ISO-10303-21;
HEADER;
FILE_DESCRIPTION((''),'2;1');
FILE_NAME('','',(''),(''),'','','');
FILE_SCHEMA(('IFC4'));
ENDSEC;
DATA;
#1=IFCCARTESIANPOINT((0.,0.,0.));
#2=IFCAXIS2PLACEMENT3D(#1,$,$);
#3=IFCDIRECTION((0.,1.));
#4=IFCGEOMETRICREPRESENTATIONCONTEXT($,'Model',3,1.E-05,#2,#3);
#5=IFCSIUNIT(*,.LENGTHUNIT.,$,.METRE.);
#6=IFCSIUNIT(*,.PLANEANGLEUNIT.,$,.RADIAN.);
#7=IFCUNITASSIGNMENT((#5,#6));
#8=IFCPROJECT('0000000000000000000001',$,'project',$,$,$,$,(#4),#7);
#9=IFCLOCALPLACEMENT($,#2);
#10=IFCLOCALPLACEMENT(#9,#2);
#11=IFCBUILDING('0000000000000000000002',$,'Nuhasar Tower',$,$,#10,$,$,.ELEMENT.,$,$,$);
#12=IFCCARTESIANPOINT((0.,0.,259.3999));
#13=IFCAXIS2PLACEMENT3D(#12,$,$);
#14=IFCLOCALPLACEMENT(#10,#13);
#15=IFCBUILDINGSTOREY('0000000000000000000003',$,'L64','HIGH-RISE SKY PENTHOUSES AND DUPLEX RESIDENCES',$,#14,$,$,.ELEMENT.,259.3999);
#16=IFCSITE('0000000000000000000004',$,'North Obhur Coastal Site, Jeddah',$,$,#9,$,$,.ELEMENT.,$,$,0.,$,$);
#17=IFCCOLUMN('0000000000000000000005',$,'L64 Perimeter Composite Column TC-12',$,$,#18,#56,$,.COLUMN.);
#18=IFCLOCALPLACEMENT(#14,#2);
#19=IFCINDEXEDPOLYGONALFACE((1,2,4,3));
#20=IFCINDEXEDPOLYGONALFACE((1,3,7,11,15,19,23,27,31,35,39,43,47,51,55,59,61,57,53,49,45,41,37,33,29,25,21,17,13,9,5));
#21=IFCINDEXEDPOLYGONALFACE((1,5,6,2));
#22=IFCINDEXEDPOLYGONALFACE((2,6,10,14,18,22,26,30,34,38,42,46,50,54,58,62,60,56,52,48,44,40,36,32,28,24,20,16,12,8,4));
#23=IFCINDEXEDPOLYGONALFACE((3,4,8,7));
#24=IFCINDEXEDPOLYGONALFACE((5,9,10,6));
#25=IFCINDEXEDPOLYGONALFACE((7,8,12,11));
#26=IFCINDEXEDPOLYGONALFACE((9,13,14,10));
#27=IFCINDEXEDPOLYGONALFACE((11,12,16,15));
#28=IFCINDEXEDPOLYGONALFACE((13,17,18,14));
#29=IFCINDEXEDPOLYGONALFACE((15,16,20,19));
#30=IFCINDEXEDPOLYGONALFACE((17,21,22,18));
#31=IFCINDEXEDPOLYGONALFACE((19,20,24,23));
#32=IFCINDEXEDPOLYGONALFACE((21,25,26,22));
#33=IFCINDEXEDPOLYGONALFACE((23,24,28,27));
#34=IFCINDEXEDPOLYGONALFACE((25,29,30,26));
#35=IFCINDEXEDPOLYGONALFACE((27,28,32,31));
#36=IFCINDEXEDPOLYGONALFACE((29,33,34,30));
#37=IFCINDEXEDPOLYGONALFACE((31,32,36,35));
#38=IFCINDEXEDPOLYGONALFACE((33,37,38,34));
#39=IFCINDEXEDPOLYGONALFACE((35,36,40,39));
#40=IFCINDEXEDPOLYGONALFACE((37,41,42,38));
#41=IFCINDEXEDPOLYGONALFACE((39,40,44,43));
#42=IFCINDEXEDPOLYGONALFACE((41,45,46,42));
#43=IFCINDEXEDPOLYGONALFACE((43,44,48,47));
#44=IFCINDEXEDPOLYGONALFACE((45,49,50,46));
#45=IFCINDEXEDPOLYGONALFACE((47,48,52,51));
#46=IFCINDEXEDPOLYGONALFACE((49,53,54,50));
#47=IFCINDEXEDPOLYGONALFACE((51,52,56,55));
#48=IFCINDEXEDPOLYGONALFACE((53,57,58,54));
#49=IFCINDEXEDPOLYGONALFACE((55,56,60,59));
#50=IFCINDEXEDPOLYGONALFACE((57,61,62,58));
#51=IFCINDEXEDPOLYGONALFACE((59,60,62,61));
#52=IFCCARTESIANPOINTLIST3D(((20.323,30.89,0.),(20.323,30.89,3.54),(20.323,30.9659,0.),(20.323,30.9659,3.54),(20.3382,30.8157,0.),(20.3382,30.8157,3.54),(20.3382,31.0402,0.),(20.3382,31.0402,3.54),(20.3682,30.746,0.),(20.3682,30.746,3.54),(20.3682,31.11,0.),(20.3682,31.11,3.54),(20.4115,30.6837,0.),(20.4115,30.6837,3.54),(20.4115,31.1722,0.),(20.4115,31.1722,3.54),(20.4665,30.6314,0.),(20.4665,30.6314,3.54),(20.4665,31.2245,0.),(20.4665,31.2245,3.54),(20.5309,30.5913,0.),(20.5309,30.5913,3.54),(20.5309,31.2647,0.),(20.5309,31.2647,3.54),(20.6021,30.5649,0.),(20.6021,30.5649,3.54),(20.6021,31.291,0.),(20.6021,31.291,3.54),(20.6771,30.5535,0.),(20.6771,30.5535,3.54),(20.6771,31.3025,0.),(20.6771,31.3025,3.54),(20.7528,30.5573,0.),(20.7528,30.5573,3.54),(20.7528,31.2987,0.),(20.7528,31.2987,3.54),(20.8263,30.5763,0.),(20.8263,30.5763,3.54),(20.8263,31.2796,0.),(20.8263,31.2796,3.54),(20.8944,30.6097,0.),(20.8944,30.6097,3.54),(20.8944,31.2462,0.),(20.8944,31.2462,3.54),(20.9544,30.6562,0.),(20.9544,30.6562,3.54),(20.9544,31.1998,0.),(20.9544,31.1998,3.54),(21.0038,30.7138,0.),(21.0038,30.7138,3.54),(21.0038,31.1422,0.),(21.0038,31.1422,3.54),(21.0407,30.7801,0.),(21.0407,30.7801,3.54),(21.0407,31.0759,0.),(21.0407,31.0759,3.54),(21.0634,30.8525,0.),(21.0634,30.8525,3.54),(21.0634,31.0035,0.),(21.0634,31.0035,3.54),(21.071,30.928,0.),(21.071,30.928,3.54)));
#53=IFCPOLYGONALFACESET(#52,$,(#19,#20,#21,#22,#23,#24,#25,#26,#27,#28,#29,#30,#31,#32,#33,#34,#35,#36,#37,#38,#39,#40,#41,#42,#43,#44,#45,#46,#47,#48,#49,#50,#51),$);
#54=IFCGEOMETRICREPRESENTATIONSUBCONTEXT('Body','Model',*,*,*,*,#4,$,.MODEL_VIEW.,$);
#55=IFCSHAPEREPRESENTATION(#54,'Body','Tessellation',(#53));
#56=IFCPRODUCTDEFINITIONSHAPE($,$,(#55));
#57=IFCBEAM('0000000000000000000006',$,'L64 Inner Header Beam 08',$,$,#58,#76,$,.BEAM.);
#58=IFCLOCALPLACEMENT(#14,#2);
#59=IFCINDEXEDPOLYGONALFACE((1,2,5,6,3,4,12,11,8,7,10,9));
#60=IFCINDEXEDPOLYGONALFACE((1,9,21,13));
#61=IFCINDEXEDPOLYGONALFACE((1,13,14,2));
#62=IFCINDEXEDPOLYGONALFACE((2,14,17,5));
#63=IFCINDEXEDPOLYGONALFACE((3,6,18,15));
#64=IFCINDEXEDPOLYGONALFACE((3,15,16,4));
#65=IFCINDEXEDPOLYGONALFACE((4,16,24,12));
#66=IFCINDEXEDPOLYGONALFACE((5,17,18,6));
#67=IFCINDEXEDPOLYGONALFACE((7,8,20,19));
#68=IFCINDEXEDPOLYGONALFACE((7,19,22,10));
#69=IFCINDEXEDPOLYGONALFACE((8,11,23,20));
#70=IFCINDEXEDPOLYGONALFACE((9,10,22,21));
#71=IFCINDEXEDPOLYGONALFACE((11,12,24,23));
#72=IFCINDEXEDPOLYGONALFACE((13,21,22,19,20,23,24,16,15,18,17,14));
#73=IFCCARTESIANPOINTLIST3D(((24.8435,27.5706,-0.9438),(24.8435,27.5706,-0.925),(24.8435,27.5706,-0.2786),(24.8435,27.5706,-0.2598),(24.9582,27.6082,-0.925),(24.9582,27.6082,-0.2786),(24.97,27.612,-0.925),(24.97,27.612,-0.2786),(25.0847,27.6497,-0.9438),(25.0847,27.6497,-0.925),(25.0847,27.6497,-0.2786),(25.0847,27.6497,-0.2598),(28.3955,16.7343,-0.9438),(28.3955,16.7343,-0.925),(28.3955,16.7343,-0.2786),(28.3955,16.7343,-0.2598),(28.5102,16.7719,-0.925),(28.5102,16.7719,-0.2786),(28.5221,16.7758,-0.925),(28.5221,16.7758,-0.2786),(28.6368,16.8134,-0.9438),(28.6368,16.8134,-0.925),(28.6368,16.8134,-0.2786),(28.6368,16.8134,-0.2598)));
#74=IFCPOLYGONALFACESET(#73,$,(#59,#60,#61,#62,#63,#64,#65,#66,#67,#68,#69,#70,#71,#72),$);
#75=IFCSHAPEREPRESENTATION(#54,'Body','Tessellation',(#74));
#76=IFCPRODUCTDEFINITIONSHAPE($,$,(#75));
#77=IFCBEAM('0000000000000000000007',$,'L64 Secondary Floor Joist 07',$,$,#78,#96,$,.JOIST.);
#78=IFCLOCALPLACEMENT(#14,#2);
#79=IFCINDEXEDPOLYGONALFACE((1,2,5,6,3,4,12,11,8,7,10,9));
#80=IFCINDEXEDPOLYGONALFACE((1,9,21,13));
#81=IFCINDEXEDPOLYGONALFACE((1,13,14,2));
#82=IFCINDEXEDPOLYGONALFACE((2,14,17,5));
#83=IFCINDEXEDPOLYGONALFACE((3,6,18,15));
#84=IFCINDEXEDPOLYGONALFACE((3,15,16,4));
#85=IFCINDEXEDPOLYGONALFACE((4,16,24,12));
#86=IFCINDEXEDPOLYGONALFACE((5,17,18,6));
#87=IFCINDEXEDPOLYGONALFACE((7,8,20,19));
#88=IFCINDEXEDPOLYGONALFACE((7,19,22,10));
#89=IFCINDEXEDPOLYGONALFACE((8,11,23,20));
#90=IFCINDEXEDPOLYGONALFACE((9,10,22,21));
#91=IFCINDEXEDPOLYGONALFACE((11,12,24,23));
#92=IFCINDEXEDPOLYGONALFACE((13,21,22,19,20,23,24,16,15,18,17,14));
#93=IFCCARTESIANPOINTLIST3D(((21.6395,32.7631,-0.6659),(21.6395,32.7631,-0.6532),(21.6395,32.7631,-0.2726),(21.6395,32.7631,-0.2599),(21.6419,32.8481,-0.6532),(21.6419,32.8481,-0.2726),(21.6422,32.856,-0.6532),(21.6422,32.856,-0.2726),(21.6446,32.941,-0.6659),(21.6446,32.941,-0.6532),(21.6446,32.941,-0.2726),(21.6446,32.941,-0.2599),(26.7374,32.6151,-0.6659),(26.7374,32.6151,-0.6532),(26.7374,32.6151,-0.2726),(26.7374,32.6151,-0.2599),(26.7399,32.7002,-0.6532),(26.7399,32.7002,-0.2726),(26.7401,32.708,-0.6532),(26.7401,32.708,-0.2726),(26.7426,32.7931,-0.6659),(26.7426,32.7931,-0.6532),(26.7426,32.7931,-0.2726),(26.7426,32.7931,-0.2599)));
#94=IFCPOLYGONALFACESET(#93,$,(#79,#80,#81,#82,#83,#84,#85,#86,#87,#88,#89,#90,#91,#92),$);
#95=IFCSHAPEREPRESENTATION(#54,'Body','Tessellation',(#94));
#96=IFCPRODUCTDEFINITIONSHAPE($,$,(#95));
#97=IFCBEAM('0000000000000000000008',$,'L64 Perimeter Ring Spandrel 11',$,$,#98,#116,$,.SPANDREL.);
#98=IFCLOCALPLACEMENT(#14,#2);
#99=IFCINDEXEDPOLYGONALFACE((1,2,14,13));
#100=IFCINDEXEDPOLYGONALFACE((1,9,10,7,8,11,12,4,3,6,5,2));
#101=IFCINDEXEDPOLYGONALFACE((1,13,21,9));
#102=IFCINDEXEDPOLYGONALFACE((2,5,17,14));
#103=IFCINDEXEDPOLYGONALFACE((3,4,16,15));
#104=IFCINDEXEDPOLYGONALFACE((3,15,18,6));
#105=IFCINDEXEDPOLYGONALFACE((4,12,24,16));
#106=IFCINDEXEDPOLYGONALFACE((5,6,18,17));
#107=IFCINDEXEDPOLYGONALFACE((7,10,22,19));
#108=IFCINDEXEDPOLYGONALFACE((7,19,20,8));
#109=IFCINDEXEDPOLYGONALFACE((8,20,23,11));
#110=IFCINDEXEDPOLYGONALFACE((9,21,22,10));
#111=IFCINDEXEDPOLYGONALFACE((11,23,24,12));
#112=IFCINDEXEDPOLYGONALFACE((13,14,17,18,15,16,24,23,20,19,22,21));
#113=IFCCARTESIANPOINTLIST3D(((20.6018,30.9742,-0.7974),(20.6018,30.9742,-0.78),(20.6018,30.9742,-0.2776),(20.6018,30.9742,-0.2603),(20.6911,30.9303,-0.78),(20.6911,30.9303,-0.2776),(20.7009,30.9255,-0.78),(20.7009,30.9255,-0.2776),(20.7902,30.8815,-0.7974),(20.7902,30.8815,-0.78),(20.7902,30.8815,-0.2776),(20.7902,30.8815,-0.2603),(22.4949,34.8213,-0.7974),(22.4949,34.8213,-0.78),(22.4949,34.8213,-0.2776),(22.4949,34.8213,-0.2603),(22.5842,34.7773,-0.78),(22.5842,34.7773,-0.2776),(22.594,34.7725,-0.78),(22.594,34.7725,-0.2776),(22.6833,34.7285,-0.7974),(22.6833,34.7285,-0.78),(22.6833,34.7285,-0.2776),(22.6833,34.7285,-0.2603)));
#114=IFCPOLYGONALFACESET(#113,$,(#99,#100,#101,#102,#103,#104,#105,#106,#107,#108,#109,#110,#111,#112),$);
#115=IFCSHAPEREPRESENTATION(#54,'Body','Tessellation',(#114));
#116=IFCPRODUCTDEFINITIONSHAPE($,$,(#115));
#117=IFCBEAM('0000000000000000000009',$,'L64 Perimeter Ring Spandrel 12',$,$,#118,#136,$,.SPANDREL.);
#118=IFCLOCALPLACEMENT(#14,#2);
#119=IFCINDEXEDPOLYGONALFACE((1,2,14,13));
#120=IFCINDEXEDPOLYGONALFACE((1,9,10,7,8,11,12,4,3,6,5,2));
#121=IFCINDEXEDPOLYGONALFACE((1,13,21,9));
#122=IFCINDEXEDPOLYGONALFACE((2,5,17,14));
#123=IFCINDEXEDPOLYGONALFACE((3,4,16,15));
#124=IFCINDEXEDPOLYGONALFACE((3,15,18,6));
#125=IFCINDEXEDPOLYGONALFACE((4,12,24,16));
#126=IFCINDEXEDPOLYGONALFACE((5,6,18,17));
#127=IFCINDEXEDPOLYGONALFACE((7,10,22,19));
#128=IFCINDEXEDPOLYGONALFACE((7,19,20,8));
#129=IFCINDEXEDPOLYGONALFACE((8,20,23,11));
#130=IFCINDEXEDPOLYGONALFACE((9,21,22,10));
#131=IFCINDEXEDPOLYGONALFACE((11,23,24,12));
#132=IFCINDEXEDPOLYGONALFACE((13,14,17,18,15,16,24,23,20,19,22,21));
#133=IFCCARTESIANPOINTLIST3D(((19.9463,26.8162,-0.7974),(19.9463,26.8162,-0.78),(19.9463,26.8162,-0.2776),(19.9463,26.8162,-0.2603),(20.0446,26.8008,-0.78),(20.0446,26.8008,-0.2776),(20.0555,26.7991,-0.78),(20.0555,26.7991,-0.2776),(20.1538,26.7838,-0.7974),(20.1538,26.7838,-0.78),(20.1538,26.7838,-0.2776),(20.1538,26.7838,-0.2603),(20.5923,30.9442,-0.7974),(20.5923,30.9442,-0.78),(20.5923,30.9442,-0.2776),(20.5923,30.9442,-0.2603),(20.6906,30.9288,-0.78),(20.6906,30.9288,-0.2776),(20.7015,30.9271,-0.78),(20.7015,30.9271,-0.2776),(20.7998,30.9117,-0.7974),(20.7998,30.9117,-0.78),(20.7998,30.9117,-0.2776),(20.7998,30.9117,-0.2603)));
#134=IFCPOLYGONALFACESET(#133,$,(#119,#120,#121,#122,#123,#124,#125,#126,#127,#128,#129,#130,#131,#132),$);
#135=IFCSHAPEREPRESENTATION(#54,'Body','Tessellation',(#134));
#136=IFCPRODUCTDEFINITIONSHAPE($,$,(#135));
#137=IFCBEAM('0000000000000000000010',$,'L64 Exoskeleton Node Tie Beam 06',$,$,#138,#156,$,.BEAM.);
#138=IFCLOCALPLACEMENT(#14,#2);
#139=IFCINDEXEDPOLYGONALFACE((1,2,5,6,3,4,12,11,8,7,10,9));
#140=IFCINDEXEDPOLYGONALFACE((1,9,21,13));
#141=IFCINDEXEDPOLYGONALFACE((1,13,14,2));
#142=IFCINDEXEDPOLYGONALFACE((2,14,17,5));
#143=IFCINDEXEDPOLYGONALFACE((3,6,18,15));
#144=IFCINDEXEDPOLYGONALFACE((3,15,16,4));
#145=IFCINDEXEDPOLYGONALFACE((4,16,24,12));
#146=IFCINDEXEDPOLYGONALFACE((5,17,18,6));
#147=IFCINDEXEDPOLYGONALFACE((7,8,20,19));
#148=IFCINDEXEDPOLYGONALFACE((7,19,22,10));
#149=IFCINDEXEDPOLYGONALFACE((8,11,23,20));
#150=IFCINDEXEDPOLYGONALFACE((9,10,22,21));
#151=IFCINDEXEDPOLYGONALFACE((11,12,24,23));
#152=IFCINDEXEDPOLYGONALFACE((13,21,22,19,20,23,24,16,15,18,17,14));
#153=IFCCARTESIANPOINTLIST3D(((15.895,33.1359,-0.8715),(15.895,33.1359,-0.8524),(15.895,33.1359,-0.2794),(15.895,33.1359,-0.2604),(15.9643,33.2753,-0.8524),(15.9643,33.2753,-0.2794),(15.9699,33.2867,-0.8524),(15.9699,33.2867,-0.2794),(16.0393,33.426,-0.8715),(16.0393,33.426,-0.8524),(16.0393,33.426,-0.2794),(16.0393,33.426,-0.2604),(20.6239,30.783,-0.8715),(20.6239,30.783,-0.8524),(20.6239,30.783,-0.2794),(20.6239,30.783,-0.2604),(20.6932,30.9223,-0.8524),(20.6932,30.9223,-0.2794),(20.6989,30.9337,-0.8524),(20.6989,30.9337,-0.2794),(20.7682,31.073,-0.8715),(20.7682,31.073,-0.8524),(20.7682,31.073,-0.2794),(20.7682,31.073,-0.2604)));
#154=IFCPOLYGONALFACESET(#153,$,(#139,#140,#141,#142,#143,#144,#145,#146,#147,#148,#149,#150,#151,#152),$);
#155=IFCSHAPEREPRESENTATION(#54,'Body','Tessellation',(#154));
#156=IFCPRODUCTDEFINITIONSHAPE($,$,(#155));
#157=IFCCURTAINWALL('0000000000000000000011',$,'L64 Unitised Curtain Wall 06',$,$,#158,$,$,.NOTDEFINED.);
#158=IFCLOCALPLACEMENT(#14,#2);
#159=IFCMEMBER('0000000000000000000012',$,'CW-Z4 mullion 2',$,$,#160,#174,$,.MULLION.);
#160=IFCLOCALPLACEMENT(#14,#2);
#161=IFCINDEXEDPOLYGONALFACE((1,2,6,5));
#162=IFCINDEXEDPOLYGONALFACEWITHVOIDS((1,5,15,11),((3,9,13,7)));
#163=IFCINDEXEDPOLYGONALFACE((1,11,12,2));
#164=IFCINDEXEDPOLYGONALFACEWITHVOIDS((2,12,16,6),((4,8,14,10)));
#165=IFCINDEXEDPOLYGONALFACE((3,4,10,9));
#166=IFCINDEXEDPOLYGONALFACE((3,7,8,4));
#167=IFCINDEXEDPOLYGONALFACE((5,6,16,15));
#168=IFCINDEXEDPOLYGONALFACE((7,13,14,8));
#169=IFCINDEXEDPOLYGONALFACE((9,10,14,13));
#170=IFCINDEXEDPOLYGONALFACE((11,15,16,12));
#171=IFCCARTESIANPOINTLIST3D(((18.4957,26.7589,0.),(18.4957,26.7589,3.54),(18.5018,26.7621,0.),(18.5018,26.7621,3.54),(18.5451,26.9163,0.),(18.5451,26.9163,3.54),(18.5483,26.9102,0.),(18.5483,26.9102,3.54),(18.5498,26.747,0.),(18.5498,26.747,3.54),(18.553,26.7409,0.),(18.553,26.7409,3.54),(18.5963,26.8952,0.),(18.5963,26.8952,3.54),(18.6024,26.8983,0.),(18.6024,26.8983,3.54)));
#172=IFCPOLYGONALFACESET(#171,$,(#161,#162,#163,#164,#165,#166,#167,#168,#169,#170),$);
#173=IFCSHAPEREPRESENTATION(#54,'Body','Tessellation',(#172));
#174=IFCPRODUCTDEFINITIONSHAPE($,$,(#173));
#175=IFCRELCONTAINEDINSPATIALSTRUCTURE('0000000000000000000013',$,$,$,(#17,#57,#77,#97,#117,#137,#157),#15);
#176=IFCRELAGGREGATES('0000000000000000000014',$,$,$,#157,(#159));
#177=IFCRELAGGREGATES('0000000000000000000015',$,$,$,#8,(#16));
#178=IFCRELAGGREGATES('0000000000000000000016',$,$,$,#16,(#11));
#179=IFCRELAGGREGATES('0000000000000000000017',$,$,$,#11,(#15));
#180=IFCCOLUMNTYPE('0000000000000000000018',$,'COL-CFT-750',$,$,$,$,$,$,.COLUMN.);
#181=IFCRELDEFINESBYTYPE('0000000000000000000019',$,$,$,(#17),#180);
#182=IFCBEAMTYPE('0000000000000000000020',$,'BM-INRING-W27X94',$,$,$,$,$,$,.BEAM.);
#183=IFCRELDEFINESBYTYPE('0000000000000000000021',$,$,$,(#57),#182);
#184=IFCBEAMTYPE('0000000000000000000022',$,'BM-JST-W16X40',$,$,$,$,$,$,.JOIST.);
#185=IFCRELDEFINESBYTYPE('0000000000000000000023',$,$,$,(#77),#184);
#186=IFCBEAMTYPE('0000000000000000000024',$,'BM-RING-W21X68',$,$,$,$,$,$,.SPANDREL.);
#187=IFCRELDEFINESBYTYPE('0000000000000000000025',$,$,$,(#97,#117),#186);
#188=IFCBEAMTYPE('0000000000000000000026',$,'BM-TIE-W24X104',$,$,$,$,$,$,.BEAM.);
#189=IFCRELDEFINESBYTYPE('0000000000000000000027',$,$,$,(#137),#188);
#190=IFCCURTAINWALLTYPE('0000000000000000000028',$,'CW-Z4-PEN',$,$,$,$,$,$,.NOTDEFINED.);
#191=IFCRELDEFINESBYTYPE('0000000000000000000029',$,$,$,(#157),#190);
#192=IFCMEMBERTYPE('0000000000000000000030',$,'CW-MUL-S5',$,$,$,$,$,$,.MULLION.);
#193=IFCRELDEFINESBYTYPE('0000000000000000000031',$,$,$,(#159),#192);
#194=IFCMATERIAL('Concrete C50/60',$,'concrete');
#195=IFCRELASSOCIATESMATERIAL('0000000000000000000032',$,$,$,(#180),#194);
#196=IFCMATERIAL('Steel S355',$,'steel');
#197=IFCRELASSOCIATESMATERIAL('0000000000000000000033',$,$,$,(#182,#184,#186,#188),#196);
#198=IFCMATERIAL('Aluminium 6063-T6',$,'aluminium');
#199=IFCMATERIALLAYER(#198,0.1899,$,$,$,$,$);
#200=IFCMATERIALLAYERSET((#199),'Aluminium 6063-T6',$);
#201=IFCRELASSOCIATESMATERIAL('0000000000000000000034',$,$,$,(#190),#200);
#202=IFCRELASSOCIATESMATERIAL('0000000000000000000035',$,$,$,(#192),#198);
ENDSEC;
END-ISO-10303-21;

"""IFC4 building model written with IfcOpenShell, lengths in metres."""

from ifc_helpers import new_model, si_unit, direction, frame, origin, origin_2d, place, context, subcontext, project, spatial, hollow_rectangle, circle, i_section, extrude, material, layer, layer_set, material_profile, profile_set, type_object, element, aggregate, save


model = new_model("IFC4")

# Units and contexts
model_context = context("Model", 3, precision=1e-05, world=origin(), true_north=direction((0.0, 1.0)))
body_context = subcontext(model_context, "Body", "Model", "MODEL_VIEW")
ifc_project = project(units=[si_unit("LENGTHUNIT", "METRE"), si_unit("PLANEANGLEUNIT", "RADIAN")], contexts=[model_context])

# Site, building, storey
site_placement = place(None, origin())
site = spatial("IfcSite", under=ifc_project, at=site_placement, Name="North Obhur Coastal Site, Jeddah", CompositionType="ELEMENT", RefElevation=0.0)
building_placement = place(site_placement, origin())
building = spatial("IfcBuilding", under=site, at=building_placement, Name="Nuhasar Tower", CompositionType="ELEMENT")
storey_placement = place(building_placement, frame((0.0, 0.0, 259.3999)))
storey = spatial("IfcBuildingStorey", under=building, at=storey_placement, Name="L64", Description="HIGH-RISE SKY PENTHOUSES AND DUPLEX RESIDENCES", CompositionType="ELEMENT", Elevation=259.3999)

# Column
ifc_material_1 = material(Name="Concrete C50/60", Category="concrete")
ifc_material_profile_1 = material_profile(ifc_material_1, circle(Radius=0.375, at=origin_2d()), Name="CFT750")
ifc_profile_set_1 = profile_set([ifc_material_profile_1], Name="Concrete C50/60")
column_type = type_object("IfcColumnType", Name="COL-CFT-750", PredefinedType="COLUMN", material=ifc_profile_set_1)
column_placement = place(storey_placement, frame((20.696, 30.928, 0.0), z_axis=(0.0, 0.0, 1.0), x_axis=(1.0, 0.0, 0.0)))
element("IfcColumn", 1, at=column_placement, inside=storey, type_object=column_type, Name="L64 Perimeter Composite Column TC-12", PredefinedType="COLUMN", context=body_context, shape_type="SweptSolid", body=[
    extrude(circle(Radius=0.375, at=origin_2d()), origin(), (0.0, 0.0, 1.0), 3.54),
])

# Beams
ifc_material_2 = material(Name="Steel S355", Category="steel")
ifc_material_profile_2 = material_profile(ifc_material_2, i_section(OverallWidth=0.2539, OverallDepth=0.6841, WebThickness=0.0125, FlangeThickness=0.0188, at=origin_2d()), Name="W27X94")
ifc_profile_set_2 = profile_set([ifc_material_profile_2], Name="Steel S355")
beam_type_1 = type_object("IfcBeamType", Name="BM-INRING-W27X94", PredefinedType="BEAM", material=ifc_profile_set_2)
beam_1_placement = place(storey_placement, frame((24.9641, 27.6101, -0.6018), z_axis=(0.311484, -0.950251, 0.0), x_axis=(0.950251, 0.311484, 0.0)))
element("IfcBeam", 2, at=beam_1_placement, inside=storey, type_object=beam_type_1, Name="L64 Inner Header Beam 08", PredefinedType="BEAM", context=body_context, shape_type="SweptSolid", body=[
    extrude(i_section(OverallWidth=0.2539, OverallDepth=0.6841, WebThickness=0.0125, FlangeThickness=0.0188, at=origin_2d()), origin(), (0.0, 0.0, 1.0), 11.4036),
])
ifc_material_profile_3 = material_profile(ifc_material_2, i_section(OverallWidth=0.178, OverallDepth=0.406, WebThickness=0.0078, FlangeThickness=0.0127, at=origin_2d()), Name="W16X40")
ifc_profile_set_3 = profile_set([ifc_material_profile_3], Name="Steel S355")
beam_type_2 = type_object("IfcBeamType", Name="BM-JST-W16X40", PredefinedType="JOIST", material=ifc_profile_set_3)
beam_2_placement = place(storey_placement, frame((26.74, 32.7041, -0.4629), z_axis=(-0.999579, 0.029009, 0.0), x_axis=(-0.029009, -0.999579, 0.0)))
element("IfcBeam", 3, at=beam_2_placement, inside=storey, type_object=beam_type_2, Name="L64 Secondary Floor Joist 07", PredefinedType="JOIST", context=body_context, shape_type="SweptSolid", body=[
    extrude(i_section(OverallWidth=0.178, OverallDepth=0.406, WebThickness=0.0078, FlangeThickness=0.0127, at=origin_2d()), origin(), (0.0, 0.0, 1.0), 5.1001),
])
ifc_material_profile_4 = material_profile(ifc_material_2, i_section(OverallWidth=0.21, OverallDepth=0.5371, WebThickness=0.011, FlangeThickness=0.0173, at=origin_2d()), Name="W21X68")
ifc_profile_set_4 = profile_set([ifc_material_profile_4], Name="Steel S355")
beam_type_3 = type_object("IfcBeamType", Name="BM-RING-W21X68", PredefinedType="SPANDREL", material=ifc_profile_set_4)
beam_3_placement = place(storey_placement, frame((22.5891, 34.7749, -0.5288), z_axis=(-0.441533, -0.897245, 0.0), x_axis=(0.897245, -0.441533, 0.0)))
element("IfcBeam", 4, at=beam_3_placement, inside=storey, type_object=beam_type_3, Name="L64 Perimeter Ring Spandrel 11", PredefinedType="SPANDREL", context=body_context, shape_type="SweptSolid", body=[
    extrude(i_section(OverallWidth=0.21, OverallDepth=0.5371, WebThickness=0.011, FlangeThickness=0.0173, at=origin_2d()), origin(), (0.0, 0.0, 1.0), 4.2876),
])
beam_4_placement = place(storey_placement, frame((20.696, 30.928, -0.5288), z_axis=(-0.154612, -0.987975, 0.0), x_axis=(0.987975, -0.154612, 0.0)))
element("IfcBeam", 5, at=beam_4_placement, inside=storey, type_object=beam_type_3, Name="L64 Perimeter Ring Spandrel 12", PredefinedType="SPANDREL", context=body_context, shape_type="SweptSolid", body=[
    extrude(i_section(OverallWidth=0.21, OverallDepth=0.5371, WebThickness=0.011, FlangeThickness=0.0173, at=origin_2d()), origin(), (0.0, 0.0, 1.0), 4.1782),
])
ifc_material_profile_5 = material_profile(ifc_material_2, i_section(OverallWidth=0.324, OverallDepth=0.6111, WebThickness=0.0127, FlangeThickness=0.019, at=origin_2d()), Name="W24X104")
ifc_profile_set_5 = profile_set([ifc_material_profile_5], Name="Steel S355")
beam_type_4 = type_object("IfcBeamType", Name="BM-TIE-W24X104", PredefinedType="BEAM", material=ifc_profile_set_5)
beam_5_placement = place(storey_placement, frame((20.696, 30.928, -0.5659), z_axis=(-0.895294, 0.445475, 0.0), x_axis=(-0.445475, -0.895294, 0.0)))
element("IfcBeam", 6, at=beam_5_placement, inside=storey, type_object=beam_type_4, Name="L64 Exoskeleton Node Tie Beam 06", PredefinedType="BEAM", context=body_context, shape_type="SweptSolid", body=[
    extrude(i_section(OverallWidth=0.324, OverallDepth=0.6111, WebThickness=0.0127, FlangeThickness=0.019, at=origin_2d()), origin(), (0.0, 0.0, 1.0), 5.282),
])

# Curtain wall, member
ifc_material_3 = material(Name="Aluminium 6063-T6", Category="aluminium")
ifc_layer_1 = layer(ifc_material_3, 0.1899)
ifc_layer_set_1 = layer_set([ifc_layer_1], Name="Aluminium 6063-T6")
curtain_wall_type = type_object("IfcCurtainWallType", Name="CW-Z4-PEN", PredefinedType="NOTDEFINED", material=ifc_layer_set_1)
curtain_wall_placement = place(storey_placement, origin())
curtain_wall = element("IfcCurtainWall", 7, at=curtain_wall_placement, inside=storey, type_object=curtain_wall_type, Name="L64 Unitised Curtain Wall 06", PredefinedType="NOTDEFINED")
ifc_material_profile_6 = material_profile(ifc_material_3, hollow_rectangle(XDim=0.0601, YDim=0.165, WallThickness=0.0049, at=origin_2d()), Name="CWM-5")
ifc_profile_set_6 = profile_set([ifc_material_profile_6], Name="Aluminium 6063-T6")
member_type_1 = type_object("IfcMemberType", Name="CW-MUL-S5", PredefinedType="MULLION", material=ifc_profile_set_6)
member_placement = place(storey_placement, frame((18.5491, 26.8286, 0.0), z_axis=(0.0, 0.0, 1.0), x_axis=(0.954079, -0.299557, 0.0)))
member = element("IfcMember", 8, at=member_placement, type_object=member_type_1, Name="CW-Z4 mullion 2", PredefinedType="MULLION", context=body_context, shape_type="SweptSolid", body=[
    extrude(hollow_rectangle(XDim=0.0601, YDim=0.165, WallThickness=0.0049, at=origin_2d()), origin(), (0.0, 0.0, 1.0), 3.54),
])

aggregate(curtain_wall, [member])

save(model, "model.ifc")
